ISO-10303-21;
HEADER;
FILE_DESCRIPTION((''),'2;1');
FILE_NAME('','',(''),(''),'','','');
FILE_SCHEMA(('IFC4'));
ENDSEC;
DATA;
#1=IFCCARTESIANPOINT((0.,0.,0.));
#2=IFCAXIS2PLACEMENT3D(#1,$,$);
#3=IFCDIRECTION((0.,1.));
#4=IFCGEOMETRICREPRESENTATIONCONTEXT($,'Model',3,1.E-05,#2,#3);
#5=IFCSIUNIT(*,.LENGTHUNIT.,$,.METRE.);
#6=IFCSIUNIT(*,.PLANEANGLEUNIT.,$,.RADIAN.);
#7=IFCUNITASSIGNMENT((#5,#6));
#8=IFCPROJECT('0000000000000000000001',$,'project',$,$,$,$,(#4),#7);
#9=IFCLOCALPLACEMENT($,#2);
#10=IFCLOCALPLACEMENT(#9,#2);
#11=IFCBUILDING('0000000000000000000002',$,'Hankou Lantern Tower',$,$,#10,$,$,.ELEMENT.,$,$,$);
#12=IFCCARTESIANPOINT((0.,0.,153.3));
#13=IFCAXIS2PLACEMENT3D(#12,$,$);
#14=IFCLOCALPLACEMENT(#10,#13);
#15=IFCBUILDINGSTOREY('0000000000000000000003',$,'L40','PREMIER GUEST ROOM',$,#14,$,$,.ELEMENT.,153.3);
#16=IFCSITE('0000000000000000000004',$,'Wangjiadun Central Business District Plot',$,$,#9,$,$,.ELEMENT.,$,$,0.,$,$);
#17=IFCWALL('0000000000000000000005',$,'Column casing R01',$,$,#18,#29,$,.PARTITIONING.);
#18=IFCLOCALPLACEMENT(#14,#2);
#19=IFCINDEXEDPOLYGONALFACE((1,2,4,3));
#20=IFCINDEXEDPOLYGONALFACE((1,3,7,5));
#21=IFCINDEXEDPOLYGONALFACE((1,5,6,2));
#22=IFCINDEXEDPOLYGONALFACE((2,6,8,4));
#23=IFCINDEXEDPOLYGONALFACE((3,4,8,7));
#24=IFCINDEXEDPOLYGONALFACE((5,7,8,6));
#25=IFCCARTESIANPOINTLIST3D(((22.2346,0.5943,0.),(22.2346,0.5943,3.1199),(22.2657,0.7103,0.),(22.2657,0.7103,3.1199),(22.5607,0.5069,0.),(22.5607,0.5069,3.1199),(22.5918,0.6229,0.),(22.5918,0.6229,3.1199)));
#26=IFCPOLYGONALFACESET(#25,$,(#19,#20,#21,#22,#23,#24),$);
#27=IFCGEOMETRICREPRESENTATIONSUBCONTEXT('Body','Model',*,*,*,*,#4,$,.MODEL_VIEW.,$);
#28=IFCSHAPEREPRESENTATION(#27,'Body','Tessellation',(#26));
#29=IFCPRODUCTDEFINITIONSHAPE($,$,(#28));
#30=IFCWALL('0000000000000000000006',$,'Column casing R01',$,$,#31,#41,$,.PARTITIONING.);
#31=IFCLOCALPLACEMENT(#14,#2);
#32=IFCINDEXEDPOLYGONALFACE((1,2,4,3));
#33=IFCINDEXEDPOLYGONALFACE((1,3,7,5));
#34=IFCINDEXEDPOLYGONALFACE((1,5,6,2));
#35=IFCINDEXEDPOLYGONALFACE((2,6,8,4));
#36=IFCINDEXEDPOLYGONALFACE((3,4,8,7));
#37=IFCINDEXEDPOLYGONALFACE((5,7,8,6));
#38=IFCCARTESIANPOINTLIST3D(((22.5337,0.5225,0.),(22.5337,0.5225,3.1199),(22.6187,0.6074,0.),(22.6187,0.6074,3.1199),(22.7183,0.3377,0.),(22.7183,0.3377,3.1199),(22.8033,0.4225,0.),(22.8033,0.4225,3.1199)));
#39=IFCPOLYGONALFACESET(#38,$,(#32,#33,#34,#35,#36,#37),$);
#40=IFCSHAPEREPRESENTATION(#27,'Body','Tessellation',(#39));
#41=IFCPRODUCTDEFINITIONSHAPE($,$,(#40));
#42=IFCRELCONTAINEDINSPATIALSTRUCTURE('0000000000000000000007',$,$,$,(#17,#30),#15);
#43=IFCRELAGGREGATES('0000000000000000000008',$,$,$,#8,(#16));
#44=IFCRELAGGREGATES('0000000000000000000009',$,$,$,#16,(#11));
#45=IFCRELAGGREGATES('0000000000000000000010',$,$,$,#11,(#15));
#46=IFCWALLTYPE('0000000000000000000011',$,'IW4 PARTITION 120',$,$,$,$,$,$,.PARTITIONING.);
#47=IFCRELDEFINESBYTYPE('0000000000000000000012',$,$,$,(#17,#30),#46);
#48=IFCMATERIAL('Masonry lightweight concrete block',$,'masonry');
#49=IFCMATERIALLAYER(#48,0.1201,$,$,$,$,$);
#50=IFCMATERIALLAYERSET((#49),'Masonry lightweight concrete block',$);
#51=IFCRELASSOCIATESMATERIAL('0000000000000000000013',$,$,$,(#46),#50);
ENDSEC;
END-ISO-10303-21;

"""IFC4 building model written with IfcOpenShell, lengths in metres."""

from ifc_helpers import new_model, si_unit, direction, frame, frame_2d, origin, place, context, subcontext, project, spatial, rectangle, extrude, material, layer, layer_set, type_object, element, save


model = new_model("IFC4")

# Units and contexts
model_context = context("Model", 3, precision=1e-05, world=origin(), true_north=direction((0.0, 1.0)))
body_context = subcontext(model_context, "Body", "Model", "MODEL_VIEW")
ifc_project = project(units=[si_unit("LENGTHUNIT", "METRE"), si_unit("PLANEANGLEUNIT", "RADIAN")], contexts=[model_context])

# Site, building, storey
site_placement = place(None, origin())
site = spatial("IfcSite", under=ifc_project, at=site_placement, Name="Wangjiadun Central Business District Plot", CompositionType="ELEMENT", RefElevation=0.0)
building_placement = place(site_placement, origin())
building = spatial("IfcBuilding", under=site, at=building_placement, Name="Hankou Lantern Tower", CompositionType="ELEMENT")
storey_placement = place(building_placement, frame((0.0, 0.0, 153.3)))
storey = spatial("IfcBuildingStorey", under=building, at=storey_placement, Name="L40", Description="PREMIER GUEST ROOM", CompositionType="ELEMENT", Elevation=153.3)

# Walls
ifc_material_1 = material(Name="Masonry lightweight concrete block", Category="masonry")
ifc_layer_1 = layer(ifc_material_1, 0.1201)
ifc_layer_set_1 = layer_set([ifc_layer_1], Name="Masonry lightweight concrete block")
wall_type_1 = type_object("IfcWallType", Name="IW4 PARTITION 120", PredefinedType="PARTITIONING", material=ifc_layer_set_1)
wall_1_placement = place(storey_placement, frame((22.25, 0.6523, 0.0), z_axis=(0.0, 0.0, 1.0), x_axis=(0.965922, -0.258832, 0.0)))
element("IfcWall", 1, at=wall_1_placement, inside=storey, type_object=wall_type_1, Name="Column casing R01", PredefinedType="PARTITIONING", context=body_context, shape_type="SweptSolid", body=[
    extrude(rectangle(XDim=0.3376, YDim=0.1201, at=frame_2d((0.1689, 0.0))), origin(), (0.0, 0.0, 1.0), 3.1199),
])
wall_2_placement = place(storey_placement, frame((22.5762, 0.5649, 0.0), z_axis=(0.0, 0.0, 1.0), x_axis=(0.706639, -0.707574, 0.0)))
element("IfcWall", 2, at=wall_2_placement, inside=storey, type_object=wall_type_1, Name="Column casing R01", PredefinedType="PARTITIONING", context=body_context, shape_type="SweptSolid", body=[
    extrude(rectangle(XDim=0.2612, YDim=0.1201, at=frame_2d((0.1306, 0.0))), origin(), (0.0, 0.0, 1.0), 3.1199),
])

save(model, "model.ifc")
